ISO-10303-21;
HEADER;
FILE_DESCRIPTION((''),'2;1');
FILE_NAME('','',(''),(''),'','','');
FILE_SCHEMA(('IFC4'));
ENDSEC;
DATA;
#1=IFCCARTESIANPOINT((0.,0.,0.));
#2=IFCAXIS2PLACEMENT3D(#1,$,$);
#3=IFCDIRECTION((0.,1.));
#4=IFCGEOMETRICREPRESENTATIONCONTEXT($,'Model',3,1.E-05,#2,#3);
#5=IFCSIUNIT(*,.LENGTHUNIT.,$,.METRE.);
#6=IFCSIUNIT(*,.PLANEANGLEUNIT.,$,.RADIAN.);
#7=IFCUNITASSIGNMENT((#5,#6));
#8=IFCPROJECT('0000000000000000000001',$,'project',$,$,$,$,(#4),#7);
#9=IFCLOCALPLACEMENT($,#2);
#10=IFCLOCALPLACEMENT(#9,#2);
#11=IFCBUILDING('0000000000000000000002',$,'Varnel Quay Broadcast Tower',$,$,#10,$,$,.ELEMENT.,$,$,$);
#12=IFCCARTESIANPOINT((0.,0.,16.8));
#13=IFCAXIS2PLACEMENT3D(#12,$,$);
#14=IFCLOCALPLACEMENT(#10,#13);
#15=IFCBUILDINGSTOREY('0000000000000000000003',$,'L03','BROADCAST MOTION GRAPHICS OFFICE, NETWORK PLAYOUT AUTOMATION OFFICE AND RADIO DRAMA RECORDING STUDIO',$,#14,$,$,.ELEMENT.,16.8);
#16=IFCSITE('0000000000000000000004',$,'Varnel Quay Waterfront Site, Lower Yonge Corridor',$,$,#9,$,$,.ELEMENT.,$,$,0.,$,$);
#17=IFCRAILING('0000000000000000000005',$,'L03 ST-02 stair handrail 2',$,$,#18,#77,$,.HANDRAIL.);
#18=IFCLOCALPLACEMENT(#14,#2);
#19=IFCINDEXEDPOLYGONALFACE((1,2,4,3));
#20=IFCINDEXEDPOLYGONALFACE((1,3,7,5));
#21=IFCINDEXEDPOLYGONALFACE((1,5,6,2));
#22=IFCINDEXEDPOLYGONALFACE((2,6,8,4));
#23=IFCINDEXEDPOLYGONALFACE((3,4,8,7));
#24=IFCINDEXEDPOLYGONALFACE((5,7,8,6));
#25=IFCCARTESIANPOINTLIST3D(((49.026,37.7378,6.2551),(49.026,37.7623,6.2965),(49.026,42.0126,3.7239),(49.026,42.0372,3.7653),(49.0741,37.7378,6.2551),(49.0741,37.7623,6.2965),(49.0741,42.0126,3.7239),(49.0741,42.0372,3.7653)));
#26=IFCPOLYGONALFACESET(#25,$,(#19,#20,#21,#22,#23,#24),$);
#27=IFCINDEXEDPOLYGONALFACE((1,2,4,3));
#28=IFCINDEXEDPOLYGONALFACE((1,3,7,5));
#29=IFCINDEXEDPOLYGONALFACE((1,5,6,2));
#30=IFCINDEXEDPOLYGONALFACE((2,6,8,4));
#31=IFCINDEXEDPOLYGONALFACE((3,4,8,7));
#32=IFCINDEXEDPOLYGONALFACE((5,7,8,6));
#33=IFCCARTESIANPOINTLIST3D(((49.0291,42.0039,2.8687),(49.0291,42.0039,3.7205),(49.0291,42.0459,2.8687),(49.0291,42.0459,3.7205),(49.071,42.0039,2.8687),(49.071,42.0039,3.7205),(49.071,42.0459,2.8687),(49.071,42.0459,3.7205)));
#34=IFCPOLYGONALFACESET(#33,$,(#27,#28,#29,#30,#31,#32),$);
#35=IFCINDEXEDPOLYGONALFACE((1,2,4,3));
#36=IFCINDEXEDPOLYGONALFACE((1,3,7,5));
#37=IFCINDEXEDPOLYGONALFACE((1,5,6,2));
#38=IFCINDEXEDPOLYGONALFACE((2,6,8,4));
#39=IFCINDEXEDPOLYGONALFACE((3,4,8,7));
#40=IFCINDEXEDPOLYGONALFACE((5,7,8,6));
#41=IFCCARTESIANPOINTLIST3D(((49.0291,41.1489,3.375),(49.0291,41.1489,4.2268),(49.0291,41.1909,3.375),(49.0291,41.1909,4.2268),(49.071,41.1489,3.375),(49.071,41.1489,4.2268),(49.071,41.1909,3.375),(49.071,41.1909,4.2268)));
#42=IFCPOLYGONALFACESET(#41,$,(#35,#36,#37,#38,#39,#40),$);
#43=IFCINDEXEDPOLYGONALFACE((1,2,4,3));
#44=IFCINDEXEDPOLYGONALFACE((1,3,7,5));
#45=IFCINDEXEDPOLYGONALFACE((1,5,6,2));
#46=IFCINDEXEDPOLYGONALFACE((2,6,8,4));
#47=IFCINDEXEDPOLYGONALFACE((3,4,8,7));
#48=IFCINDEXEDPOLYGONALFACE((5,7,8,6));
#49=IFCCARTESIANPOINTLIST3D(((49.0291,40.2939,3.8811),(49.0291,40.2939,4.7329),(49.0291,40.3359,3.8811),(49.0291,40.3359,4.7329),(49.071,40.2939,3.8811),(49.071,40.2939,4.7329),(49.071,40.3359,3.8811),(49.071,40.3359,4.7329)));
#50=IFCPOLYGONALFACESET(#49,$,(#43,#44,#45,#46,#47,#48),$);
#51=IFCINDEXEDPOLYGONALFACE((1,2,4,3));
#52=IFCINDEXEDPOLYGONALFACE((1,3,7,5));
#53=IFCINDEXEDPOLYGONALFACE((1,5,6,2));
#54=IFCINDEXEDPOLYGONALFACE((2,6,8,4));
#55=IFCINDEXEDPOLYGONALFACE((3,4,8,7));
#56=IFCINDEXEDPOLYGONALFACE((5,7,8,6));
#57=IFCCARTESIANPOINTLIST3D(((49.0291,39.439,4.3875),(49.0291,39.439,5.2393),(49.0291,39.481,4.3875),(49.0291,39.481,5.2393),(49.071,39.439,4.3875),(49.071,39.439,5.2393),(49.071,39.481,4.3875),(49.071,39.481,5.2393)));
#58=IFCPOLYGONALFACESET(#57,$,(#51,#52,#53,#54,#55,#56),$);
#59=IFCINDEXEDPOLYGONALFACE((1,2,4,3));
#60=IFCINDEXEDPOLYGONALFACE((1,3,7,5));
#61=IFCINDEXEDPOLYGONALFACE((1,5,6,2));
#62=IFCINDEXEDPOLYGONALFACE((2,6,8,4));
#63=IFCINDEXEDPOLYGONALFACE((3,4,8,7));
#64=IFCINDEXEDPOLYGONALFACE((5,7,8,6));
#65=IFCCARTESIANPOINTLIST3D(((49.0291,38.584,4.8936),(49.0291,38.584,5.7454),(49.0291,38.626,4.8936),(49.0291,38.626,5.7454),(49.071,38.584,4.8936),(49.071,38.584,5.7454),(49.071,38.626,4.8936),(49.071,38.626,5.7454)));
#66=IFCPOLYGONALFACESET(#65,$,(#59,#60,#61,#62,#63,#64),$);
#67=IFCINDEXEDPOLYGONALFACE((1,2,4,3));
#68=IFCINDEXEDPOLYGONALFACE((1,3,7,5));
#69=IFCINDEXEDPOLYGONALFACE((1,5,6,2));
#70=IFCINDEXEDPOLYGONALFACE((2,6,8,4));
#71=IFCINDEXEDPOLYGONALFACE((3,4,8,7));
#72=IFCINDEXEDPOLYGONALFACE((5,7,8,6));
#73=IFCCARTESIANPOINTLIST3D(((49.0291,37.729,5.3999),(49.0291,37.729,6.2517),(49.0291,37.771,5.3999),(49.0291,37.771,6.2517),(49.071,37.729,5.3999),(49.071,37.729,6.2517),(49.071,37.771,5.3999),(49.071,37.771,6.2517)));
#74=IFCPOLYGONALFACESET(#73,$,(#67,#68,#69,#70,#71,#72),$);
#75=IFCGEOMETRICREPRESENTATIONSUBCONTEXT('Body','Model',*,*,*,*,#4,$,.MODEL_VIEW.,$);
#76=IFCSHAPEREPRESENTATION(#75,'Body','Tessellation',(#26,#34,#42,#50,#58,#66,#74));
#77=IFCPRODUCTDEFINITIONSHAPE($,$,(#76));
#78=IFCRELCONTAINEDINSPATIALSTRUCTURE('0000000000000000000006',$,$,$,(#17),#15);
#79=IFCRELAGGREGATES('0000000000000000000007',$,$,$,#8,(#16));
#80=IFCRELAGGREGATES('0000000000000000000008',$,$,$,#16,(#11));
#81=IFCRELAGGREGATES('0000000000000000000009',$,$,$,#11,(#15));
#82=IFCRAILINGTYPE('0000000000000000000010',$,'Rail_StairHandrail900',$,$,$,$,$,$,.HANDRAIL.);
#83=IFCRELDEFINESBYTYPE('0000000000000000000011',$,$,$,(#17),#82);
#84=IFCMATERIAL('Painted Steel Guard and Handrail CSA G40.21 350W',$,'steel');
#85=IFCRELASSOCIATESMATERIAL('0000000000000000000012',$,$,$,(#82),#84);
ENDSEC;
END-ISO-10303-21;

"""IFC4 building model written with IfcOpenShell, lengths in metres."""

from ifc_helpers import new_model, si_unit, direction, frame, origin, origin_2d, place, context, subcontext, project, spatial, rectangle, extrude, material, type_object, element, save


model = new_model("IFC4")

# Units and contexts
model_context = context("Model", 3, precision=1e-05, world=origin(), true_north=direction((0.0, 1.0)))
body_context = subcontext(model_context, "Body", "Model", "MODEL_VIEW")
ifc_project = project(units=[si_unit("LENGTHUNIT", "METRE"), si_unit("PLANEANGLEUNIT", "RADIAN")], contexts=[model_context])

# Site, building, storey
site_placement = place(None, origin())
site = spatial("IfcSite", under=ifc_project, at=site_placement, Name="Varnel Quay Waterfront Site, Lower Yonge Corridor", CompositionType="ELEMENT", RefElevation=0.0)
building_placement = place(site_placement, origin())
building = spatial("IfcBuilding", under=site, at=building_placement, Name="Varnel Quay Broadcast Tower", CompositionType="ELEMENT")
storey_placement = place(building_placement, frame((0.0, 0.0, 16.8)))
storey = spatial("IfcBuildingStorey", under=building, at=storey_placement, Name="L03", Description="BROADCAST MOTION GRAPHICS OFFICE, NETWORK PLAYOUT AUTOMATION OFFICE AND RADIO DRAMA RECORDING STUDIO", CompositionType="ELEMENT", Elevation=16.8)

# Railing
ifc_material_1 = material(Name="Painted Steel Guard and Handrail CSA G40.21 350W", Category="steel")
railing_type_1 = type_object("IfcRailingType", Name="Rail_StairHandrail900", PredefinedType="HANDRAIL", material=ifc_material_1)
railing_1_placement = place(storey_placement, frame((49.05, 42.0249, 2.8687)))
element("IfcRailing", 1, at=railing_1_placement, inside=storey, type_object=railing_type_1, Name="L03 ST-02 stair handrail 2", PredefinedType="HANDRAIL", context=body_context, shape_type="SweptSolid", body=[
    extrude(rectangle(XDim=0.0481, YDim=0.0481, at=origin_2d()), frame((0.0, 0.0, 0.876), z_axis=(0.0, -0.86047, 0.509501), x_axis=(1.0, 0.0, 0.0)), (0.0, 0.0, 1.0), 4.968),
    extrude(rectangle(XDim=0.042, YDim=0.042, at=origin_2d()), origin(), (0.0, 0.0, 1.0), 0.8518),
    extrude(rectangle(XDim=0.042, YDim=0.042, at=origin_2d()), frame((0.0, -0.855, 0.5063)), (0.0, 0.0, 1.0), 0.8518),
    extrude(rectangle(XDim=0.042, YDim=0.042, at=origin_2d()), frame((0.0, -1.71, 1.0125)), (0.0, 0.0, 1.0), 0.8518),
    extrude(rectangle(XDim=0.042, YDim=0.042, at=origin_2d()), frame((0.0, -2.5649, 1.5188)), (0.0, 0.0, 1.0), 0.8518),
    extrude(rectangle(XDim=0.042, YDim=0.042, at=origin_2d()), frame((0.0, -3.4199, 2.0249)), (0.0, 0.0, 1.0), 0.8518),
    extrude(rectangle(XDim=0.042, YDim=0.042, at=origin_2d()), frame((0.0, -4.2749, 2.5312)), (0.0, 0.0, 1.0), 0.8518),
])

save(model, "model.ifc")
